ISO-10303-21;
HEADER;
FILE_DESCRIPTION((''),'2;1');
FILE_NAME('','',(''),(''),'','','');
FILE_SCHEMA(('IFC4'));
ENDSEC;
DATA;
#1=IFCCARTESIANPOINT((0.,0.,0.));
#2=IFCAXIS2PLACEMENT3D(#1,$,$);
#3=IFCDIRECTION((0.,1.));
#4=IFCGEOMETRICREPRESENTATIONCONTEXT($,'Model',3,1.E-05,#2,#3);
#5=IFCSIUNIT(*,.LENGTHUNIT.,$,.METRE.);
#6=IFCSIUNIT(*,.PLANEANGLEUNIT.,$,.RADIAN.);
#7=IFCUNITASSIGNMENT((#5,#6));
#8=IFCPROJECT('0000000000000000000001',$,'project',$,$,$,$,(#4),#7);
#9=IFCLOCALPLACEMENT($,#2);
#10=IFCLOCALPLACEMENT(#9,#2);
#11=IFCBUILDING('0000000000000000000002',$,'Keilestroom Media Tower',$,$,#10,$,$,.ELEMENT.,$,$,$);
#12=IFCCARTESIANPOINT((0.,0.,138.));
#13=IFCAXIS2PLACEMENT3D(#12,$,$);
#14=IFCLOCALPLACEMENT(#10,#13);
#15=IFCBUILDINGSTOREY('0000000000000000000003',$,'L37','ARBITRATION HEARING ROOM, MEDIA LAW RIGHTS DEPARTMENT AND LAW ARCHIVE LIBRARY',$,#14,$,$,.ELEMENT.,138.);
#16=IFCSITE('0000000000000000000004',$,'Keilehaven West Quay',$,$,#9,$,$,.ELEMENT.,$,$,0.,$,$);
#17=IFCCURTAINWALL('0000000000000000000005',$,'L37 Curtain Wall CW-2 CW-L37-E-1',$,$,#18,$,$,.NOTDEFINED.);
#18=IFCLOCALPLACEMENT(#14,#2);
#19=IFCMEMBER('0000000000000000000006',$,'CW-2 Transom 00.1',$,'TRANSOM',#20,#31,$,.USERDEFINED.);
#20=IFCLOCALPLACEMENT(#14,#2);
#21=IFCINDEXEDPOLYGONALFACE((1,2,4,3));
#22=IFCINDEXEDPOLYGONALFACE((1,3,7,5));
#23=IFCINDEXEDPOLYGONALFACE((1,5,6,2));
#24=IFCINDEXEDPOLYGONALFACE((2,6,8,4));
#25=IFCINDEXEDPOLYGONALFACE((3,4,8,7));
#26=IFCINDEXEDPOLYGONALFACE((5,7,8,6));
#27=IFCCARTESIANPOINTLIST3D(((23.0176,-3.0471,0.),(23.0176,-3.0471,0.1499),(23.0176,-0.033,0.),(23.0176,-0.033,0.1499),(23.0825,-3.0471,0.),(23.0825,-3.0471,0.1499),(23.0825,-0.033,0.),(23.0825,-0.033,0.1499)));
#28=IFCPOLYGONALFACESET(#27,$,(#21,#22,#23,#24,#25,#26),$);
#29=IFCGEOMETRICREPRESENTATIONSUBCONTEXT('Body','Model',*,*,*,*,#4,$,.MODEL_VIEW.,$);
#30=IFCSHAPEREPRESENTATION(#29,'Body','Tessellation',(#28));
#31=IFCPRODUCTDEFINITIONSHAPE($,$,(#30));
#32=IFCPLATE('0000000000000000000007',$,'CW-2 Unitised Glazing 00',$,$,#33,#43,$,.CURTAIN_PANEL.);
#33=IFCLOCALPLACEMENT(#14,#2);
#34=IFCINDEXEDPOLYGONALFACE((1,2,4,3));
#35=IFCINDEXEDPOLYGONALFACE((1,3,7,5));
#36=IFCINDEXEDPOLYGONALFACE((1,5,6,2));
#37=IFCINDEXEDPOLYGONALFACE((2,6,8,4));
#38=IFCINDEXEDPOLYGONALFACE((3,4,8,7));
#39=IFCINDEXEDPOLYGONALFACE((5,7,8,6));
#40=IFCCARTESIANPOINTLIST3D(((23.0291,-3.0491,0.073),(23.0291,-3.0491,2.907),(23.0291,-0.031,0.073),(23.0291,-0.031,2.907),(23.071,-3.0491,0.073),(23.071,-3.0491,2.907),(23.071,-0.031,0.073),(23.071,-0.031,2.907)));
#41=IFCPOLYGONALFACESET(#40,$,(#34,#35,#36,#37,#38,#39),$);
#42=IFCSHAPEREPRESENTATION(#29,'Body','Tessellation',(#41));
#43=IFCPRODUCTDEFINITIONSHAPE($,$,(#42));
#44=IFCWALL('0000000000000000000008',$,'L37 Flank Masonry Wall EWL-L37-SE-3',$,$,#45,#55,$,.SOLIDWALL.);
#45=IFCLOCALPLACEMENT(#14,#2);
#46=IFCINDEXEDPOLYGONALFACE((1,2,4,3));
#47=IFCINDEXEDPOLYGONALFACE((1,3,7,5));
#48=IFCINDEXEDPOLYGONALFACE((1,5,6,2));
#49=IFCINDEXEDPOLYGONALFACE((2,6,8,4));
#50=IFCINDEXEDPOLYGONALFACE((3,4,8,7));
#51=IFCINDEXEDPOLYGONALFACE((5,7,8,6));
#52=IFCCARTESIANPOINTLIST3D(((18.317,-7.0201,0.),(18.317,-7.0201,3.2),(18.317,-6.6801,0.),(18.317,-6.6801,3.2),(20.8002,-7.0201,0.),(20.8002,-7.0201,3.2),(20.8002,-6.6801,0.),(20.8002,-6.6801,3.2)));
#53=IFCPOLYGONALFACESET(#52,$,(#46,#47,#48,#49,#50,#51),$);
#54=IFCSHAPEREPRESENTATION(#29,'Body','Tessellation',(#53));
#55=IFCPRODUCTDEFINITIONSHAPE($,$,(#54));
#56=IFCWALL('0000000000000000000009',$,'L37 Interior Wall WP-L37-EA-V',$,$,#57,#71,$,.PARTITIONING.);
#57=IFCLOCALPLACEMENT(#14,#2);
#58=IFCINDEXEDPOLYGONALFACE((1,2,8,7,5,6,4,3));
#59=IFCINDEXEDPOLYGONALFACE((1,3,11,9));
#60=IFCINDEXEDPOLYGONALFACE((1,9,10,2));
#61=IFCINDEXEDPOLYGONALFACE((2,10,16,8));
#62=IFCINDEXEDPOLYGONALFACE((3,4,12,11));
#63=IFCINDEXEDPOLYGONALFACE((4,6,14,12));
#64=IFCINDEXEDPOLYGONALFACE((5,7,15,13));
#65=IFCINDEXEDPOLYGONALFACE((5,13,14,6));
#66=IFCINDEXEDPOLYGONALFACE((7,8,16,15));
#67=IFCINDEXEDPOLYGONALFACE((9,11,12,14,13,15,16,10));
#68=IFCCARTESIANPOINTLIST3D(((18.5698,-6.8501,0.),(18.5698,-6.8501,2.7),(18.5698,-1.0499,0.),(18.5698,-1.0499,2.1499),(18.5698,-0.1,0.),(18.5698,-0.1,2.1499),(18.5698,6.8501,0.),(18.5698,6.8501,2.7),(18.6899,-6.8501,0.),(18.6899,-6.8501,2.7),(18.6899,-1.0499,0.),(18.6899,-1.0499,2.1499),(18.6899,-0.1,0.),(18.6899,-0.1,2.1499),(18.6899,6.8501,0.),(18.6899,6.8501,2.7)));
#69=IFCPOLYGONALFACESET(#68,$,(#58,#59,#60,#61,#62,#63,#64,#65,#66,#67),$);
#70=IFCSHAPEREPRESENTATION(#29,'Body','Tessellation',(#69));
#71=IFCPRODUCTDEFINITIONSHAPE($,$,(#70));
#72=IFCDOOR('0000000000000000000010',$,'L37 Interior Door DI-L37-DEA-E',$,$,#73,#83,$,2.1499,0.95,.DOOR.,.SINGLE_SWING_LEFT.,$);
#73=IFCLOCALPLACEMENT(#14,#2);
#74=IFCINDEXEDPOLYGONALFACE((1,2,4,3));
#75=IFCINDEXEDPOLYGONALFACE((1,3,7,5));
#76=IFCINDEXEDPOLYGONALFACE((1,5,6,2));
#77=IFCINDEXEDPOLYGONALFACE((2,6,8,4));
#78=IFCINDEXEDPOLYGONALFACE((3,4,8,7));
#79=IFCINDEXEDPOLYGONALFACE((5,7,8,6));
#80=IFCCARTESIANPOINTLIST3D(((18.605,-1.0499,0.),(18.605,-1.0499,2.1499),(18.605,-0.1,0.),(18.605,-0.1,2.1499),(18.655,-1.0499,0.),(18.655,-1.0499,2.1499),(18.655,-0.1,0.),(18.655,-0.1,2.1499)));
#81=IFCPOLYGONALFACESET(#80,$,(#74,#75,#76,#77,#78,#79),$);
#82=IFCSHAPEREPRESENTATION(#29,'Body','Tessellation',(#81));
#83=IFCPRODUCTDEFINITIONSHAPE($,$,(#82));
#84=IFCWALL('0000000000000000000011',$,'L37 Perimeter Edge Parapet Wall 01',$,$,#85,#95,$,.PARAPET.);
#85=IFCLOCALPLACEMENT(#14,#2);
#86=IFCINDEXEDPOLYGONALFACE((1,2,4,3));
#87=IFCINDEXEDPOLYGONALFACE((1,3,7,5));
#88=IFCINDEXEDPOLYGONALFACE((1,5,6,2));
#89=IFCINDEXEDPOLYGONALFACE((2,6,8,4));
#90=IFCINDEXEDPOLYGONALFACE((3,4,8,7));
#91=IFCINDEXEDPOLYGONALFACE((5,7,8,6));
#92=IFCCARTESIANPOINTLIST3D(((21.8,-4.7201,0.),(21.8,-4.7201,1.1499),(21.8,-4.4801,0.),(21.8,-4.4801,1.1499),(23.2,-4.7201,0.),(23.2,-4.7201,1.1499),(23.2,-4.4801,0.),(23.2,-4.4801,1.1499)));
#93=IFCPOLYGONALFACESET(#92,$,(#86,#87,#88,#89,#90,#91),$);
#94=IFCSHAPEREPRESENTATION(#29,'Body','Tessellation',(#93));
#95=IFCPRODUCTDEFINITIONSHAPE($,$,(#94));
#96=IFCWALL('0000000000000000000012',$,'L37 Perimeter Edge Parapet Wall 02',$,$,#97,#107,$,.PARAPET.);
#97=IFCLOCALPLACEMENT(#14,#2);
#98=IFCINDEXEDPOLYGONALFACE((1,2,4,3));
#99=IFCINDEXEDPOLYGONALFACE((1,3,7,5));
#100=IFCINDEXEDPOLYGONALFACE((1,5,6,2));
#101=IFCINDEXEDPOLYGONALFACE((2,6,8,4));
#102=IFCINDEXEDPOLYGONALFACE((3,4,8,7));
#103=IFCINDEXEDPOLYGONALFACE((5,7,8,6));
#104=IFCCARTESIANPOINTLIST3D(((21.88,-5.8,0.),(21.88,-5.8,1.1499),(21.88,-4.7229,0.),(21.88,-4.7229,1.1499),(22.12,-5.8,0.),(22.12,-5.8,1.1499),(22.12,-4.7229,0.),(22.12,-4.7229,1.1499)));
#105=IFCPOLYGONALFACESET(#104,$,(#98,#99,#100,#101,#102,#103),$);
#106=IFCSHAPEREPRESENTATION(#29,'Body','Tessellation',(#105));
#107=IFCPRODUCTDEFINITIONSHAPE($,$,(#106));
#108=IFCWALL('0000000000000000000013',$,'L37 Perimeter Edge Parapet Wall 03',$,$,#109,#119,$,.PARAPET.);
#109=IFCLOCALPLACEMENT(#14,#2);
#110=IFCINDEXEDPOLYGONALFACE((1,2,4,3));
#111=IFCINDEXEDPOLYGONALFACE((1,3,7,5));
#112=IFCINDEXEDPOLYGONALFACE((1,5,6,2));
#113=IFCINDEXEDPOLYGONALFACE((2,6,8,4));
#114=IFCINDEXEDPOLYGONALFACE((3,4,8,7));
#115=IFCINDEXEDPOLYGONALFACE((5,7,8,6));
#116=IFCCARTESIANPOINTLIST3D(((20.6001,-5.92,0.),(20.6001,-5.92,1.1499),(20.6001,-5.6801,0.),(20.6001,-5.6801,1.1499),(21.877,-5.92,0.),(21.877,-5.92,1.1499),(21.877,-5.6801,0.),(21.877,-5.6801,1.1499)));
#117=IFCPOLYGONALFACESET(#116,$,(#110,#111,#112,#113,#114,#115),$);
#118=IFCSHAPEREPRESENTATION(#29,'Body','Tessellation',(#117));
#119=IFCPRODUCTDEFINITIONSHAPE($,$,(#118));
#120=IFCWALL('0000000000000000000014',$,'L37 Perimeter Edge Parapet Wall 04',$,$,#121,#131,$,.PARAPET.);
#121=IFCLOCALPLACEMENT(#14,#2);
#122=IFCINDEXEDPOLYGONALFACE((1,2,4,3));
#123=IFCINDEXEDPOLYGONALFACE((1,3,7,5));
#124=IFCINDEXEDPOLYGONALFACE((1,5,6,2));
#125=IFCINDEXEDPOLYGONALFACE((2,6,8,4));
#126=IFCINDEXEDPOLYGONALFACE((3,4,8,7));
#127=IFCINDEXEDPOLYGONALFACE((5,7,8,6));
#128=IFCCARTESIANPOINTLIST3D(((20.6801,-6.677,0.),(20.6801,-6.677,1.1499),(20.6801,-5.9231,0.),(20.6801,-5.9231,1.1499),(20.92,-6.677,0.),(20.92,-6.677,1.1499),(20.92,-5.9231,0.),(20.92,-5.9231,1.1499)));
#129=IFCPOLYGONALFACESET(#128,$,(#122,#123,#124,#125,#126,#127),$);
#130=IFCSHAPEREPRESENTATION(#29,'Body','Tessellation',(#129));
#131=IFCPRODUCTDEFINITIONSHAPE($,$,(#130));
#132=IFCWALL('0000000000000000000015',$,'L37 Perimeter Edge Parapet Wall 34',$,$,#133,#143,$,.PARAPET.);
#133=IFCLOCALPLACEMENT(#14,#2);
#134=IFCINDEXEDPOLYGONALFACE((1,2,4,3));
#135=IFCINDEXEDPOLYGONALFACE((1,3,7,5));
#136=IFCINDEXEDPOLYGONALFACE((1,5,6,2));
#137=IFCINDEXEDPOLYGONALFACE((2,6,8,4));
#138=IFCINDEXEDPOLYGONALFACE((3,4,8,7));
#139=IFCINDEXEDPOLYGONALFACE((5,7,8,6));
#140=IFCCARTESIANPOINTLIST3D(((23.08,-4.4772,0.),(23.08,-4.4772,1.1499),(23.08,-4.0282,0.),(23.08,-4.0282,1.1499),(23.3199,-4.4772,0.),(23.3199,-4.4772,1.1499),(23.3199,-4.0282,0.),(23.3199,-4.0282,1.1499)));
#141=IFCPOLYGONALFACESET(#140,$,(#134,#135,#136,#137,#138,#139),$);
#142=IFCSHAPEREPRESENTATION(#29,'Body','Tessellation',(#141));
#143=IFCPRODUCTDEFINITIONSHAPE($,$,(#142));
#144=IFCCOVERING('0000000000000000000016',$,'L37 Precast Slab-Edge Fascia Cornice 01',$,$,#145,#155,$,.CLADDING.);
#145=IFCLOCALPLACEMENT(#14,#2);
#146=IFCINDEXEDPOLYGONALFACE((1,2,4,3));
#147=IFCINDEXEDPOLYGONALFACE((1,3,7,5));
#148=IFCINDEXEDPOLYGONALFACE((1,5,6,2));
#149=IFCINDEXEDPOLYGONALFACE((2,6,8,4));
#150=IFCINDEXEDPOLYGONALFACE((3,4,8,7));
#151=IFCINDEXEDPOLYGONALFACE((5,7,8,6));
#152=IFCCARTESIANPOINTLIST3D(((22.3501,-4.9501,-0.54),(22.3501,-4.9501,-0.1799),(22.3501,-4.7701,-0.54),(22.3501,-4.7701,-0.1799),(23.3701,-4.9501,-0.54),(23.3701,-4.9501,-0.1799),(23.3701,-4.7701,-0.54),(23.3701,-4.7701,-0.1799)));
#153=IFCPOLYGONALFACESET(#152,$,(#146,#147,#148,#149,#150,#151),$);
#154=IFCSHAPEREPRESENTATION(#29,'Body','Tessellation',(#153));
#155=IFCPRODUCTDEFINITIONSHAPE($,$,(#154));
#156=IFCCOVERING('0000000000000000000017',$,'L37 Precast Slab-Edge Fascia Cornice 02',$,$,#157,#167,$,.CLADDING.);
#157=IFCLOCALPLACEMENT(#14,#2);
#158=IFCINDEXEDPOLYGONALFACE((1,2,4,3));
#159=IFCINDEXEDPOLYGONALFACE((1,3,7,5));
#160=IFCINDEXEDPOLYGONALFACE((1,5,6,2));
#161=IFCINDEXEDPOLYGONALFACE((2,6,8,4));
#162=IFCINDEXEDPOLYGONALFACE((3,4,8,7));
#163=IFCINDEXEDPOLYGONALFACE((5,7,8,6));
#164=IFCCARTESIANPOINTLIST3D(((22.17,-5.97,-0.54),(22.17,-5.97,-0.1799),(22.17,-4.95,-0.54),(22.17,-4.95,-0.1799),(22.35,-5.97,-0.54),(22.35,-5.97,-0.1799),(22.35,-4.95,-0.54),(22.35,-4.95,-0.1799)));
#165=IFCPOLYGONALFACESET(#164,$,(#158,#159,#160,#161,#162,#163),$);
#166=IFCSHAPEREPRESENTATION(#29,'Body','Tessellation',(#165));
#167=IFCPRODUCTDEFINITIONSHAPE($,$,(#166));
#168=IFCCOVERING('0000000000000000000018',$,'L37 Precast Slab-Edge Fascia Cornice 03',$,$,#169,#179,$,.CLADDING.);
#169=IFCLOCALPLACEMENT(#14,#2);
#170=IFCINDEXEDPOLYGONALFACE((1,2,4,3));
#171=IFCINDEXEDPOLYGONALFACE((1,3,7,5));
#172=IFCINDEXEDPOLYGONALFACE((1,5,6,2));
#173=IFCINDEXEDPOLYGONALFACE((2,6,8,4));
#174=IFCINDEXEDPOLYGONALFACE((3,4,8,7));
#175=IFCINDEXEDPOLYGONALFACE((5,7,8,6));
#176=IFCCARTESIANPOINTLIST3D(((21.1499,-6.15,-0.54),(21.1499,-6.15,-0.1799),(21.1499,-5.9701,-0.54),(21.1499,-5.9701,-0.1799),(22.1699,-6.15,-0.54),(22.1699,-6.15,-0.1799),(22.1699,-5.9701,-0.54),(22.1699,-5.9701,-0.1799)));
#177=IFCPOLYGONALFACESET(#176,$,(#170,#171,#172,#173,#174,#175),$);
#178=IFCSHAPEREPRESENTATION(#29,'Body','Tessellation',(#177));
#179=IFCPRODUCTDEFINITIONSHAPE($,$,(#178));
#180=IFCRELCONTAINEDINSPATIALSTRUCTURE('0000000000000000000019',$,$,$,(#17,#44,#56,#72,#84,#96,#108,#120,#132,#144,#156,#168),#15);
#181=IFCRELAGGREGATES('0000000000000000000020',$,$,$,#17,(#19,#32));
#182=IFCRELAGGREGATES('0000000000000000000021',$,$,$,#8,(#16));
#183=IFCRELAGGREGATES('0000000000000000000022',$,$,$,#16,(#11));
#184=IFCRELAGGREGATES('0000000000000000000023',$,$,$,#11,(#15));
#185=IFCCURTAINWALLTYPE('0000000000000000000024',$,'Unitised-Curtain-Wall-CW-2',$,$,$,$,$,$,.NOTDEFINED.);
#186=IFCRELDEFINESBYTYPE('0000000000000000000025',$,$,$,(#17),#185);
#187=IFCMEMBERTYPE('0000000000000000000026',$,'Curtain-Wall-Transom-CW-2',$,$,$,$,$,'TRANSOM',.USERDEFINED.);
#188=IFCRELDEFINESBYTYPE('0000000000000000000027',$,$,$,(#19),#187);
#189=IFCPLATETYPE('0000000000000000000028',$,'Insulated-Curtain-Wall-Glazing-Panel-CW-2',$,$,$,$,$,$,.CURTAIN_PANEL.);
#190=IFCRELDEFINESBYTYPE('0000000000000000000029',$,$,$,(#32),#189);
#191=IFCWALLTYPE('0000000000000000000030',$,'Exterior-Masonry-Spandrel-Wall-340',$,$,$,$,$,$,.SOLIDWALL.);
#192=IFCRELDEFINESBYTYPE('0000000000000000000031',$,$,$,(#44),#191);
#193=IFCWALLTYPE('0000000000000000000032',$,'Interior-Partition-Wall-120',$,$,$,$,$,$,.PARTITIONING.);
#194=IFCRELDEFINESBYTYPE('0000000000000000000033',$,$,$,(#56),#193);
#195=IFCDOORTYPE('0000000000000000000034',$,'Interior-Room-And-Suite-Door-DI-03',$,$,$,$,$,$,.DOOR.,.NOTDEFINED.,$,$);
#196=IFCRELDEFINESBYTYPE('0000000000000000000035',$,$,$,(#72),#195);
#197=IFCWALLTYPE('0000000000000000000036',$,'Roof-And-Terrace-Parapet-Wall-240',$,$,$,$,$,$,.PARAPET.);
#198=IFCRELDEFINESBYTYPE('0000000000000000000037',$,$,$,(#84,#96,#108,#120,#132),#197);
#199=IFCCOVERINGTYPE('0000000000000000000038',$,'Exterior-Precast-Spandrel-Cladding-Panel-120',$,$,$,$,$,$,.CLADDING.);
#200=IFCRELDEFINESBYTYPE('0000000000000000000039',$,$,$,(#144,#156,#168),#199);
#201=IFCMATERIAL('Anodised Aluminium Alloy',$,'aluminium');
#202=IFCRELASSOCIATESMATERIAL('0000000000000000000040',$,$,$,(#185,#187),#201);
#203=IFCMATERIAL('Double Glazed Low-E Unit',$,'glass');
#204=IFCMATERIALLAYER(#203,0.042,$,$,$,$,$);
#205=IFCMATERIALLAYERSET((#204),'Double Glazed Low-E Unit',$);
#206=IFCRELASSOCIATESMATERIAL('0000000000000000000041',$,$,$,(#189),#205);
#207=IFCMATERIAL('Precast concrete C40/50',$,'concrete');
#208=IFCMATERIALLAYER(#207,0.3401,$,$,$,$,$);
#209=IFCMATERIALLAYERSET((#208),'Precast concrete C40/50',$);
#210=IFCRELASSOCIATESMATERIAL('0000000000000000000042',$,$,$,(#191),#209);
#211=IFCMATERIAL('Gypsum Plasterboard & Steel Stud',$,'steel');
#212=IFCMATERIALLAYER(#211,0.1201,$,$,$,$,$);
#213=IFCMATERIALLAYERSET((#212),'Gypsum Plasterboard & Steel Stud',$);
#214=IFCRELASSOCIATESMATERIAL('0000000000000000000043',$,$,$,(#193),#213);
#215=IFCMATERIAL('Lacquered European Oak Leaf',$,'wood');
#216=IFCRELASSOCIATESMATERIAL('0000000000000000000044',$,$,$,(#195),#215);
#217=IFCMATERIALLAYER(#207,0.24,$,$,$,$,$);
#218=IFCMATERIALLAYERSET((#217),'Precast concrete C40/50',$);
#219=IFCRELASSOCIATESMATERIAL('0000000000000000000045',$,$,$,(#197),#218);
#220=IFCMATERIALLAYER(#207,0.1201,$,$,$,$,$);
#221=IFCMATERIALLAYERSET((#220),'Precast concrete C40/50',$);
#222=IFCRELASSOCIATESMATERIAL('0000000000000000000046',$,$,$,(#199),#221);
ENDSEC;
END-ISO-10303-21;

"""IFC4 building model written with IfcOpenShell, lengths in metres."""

from ifc_helpers import new_model, si_unit, direction, frame, frame_2d, origin, origin_2d, place, context, subcontext, project, spatial, rectangle, extrude, source, transform, mapped, material, layer, layer_set, material_profile, profile_set, type_object, element, fill, aggregate, save


model = new_model("IFC4")

# Units and contexts
model_context = context("Model", 3, precision=1e-05, world=origin(), true_north=direction((0.0, 1.0)))
body_context = subcontext(model_context, "Body", "Model", "MODEL_VIEW")
ifc_project = project(units=[si_unit("LENGTHUNIT", "METRE"), si_unit("PLANEANGLEUNIT", "RADIAN")], contexts=[model_context])

# Site, building, storey
site_placement = place(None, origin())
site = spatial("IfcSite", under=ifc_project, at=site_placement, Name="Keilehaven West Quay", CompositionType="ELEMENT", RefElevation=0.0)
building_placement = place(site_placement, origin())
building = spatial("IfcBuilding", under=site, at=building_placement, Name="Keilestroom Media Tower", CompositionType="ELEMENT")
storey_placement = place(building_placement, frame((0.0, 0.0, 138.0)))
storey = spatial("IfcBuildingStorey", under=building, at=storey_placement, Name="L37", Description="ARBITRATION HEARING ROOM, MEDIA LAW RIGHTS DEPARTMENT AND LAW ARCHIVE LIBRARY", CompositionType="ELEMENT", Elevation=138.0)

# Shared definitions
ifc_material_1 = material(Name="Precast concrete C40/50", Category="concrete")

# Curtain wall, member, plate
ifc_material_2 = material(Name="Anodised Aluminium Alloy", Category="aluminium")
curtain_wall_type = type_object("IfcCurtainWallType", Name="Unitised-Curtain-Wall-CW-2", PredefinedType="NOTDEFINED", material=ifc_material_2)
curtain_wall_placement = place(storey_placement, origin())
curtain_wall = element("IfcCurtainWall", 1, at=curtain_wall_placement, inside=storey, type_object=curtain_wall_type, Name="L37 Curtain Wall CW-2 CW-L37-E-1", PredefinedType="NOTDEFINED")
ifc_material_profile_1 = material_profile(ifc_material_2, rectangle(XDim=0.0649, YDim=0.1499, at=origin_2d()), Name="ALU TRANSOM 65x150")
ifc_profile_set_1 = profile_set([ifc_material_profile_1], Name="Anodised Aluminium Alloy")
member_type_1 = type_object("IfcMemberType", Name="Curtain-Wall-Transom-CW-2", ElementType="TRANSOM", PredefinedType="USERDEFINED", material=ifc_profile_set_1)
shared_shape_1 = source(origin(), body_context, "Body", "SweptSolid", [
    extrude(rectangle(XDim=0.0649, YDim=0.1499, at=origin_2d()), origin(), (0.0, 0.0, 1.0), 3.0142),
])
member_1_placement = place(storey_placement, frame((23.05, -3.0471, 0.075), z_axis=(0.0, 1.0, 0.0), x_axis=(-1.0, 0.0, 0.0)))
member_1 = element("IfcMember", 2, at=member_1_placement, type_object=member_type_1, Name="CW-2 Transom 00.1", ObjectType="TRANSOM", PredefinedType="USERDEFINED", context=body_context, shape_type="MappedRepresentation", body=[
    mapped(shared_shape_1, transform((0.0, 0.0, 0.0), x_axis=(1.0, 0.0, 0.0), y_axis=(0.0, 1.0, 0.0), z_axis=(0.0, 0.0, 1.0), scale=1.0)),
])
ifc_material_3 = material(Name="Double Glazed Low-E Unit", Category="glass")
ifc_layer_1 = layer(ifc_material_3, 0.042)
ifc_layer_set_1 = layer_set([ifc_layer_1], Name="Double Glazed Low-E Unit")
plate_type = type_object("IfcPlateType", Name="Insulated-Curtain-Wall-Glazing-Panel-CW-2", PredefinedType="CURTAIN_PANEL", material=ifc_layer_set_1)
shared_shape_2 = source(origin(), body_context, "Body", "SweptSolid", [
    extrude(rectangle(XDim=3.0181, YDim=0.042, at=origin_2d()), origin(), (0.0, 0.0, 1.0), 2.834),
])
plate_placement = place(storey_placement, frame((23.05, -1.54, 0.073), z_axis=(0.0, 0.0, 1.0), x_axis=(0.0, 1.0, 0.0)))
plate = element("IfcPlate", 3, at=plate_placement, type_object=plate_type, Name="CW-2 Unitised Glazing 00", PredefinedType="CURTAIN_PANEL", context=body_context, shape_type="MappedRepresentation", body=[
    mapped(shared_shape_2, transform((0.0, 0.0, 0.0), x_axis=(1.0, 0.0, 0.0), y_axis=(0.0, 1.0, 0.0), z_axis=(0.0, 0.0, 1.0), scale=1.0)),
])
aggregate(curtain_wall, [member_1, plate])

# Wall
ifc_layer_2 = layer(ifc_material_1, 0.3401)
ifc_layer_set_2 = layer_set([ifc_layer_2], Name="Precast concrete C40/50")
wall_type_1 = type_object("IfcWallType", Name="Exterior-Masonry-Spandrel-Wall-340", PredefinedType="SOLIDWALL", material=ifc_layer_set_2)
wall_1_placement = place(storey_placement, frame((18.3169, -6.8501, 0.0), z_axis=(0.0, 0.0, 1.0), x_axis=(1.0, 0.0, 0.0)))
element("IfcWall", 4, at=wall_1_placement, inside=storey, type_object=wall_type_1, Name="L37 Flank Masonry Wall EWL-L37-SE-3", PredefinedType="SOLIDWALL", context=body_context, shape_type="SweptSolid", body=[
    extrude(rectangle(XDim=2.4832, YDim=0.3401, at=frame_2d((1.2417, 0.0))), origin(), (0.0, 0.0, 1.0), 3.2),
])

# Wall, opening, door
ifc_material_4 = material(Name="Gypsum Plasterboard & Steel Stud", Category="steel")
ifc_layer_3 = layer(ifc_material_4, 0.1201)
ifc_layer_set_3 = layer_set([ifc_layer_3], Name="Gypsum Plasterboard & Steel Stud")
wall_type_2 = type_object("IfcWallType", Name="Interior-Partition-Wall-120", PredefinedType="PARTITIONING", material=ifc_layer_set_3)
wall_2_placement = place(storey_placement, frame((18.6299, -6.8501, 0.0), z_axis=(0.0, 0.0, 1.0), x_axis=(0.0, 1.0, 0.0)))
wall_2 = element("IfcWall", 5, at=wall_2_placement, inside=storey, type_object=wall_type_2, Name="L37 Interior Wall WP-L37-EA-V", PredefinedType="PARTITIONING", context=body_context, shape_type="SweptSolid", body=[
    extrude(rectangle(XDim=13.7002, YDim=0.1201, at=frame_2d((6.8501, 0.0))), origin(), (0.0, 0.0, 1.0), 2.7),
])
opening_placement = place(wall_2_placement, frame((5.8, 0.0, 0.0)))
opening = element("IfcOpeningElement", 6, at=opening_placement, cuts=wall_2, PredefinedType="OPENING", context=body_context, shape_type="SweptSolid", body=[
    extrude(rectangle(XDim=0.95, YDim=2.1499, at=frame_2d((0.4751, 1.075))), frame((0.0, 0.0701, 0.0), z_axis=(0.0, -1.0, 0.0), x_axis=(1.0, 0.0, 0.0)), (0.0, 0.0, 1.0), 0.1401),
])
ifc_material_5 = material(Name="Lacquered European Oak Leaf", Category="wood")
door_type = type_object("IfcDoorType", Name="Interior-Room-And-Suite-Door-DI-03", OperationType="NOTDEFINED", PredefinedType="DOOR", material=ifc_material_5)
shared_shape_3 = source(origin(), body_context, "Body", "SweptSolid", [
    extrude(rectangle(XDim=0.95, YDim=2.1499, at=frame_2d((0.4751, 1.075))), frame((0.0, 0.0249, 0.0), z_axis=(0.0, -1.0, 0.0), x_axis=(1.0, 0.0, 0.0)), (0.0, 0.0, 1.0), 0.05),
])
door_placement = place(opening_placement, origin())
door = element("IfcDoor", 7, at=door_placement, inside=storey, type_object=door_type, Name="L37 Interior Door DI-L37-DEA-E", OperationType="SINGLE_SWING_LEFT", OverallHeight=2.1499, OverallWidth=0.95, PredefinedType="DOOR", context=body_context, shape_type="MappedRepresentation", body=[
    mapped(shared_shape_3, transform((0.0, 0.0, 0.0), x_axis=(1.0, 0.0, 0.0), y_axis=(0.0, 1.0, 0.0), z_axis=(0.0, 0.0, 1.0), scale=1.0)),
])
fill(opening, door)

# Walls
ifc_layer_4 = layer(ifc_material_1, 0.24)
ifc_layer_set_4 = layer_set([ifc_layer_4], Name="Precast concrete C40/50")
wall_type_3 = type_object("IfcWallType", Name="Roof-And-Terrace-Parapet-Wall-240", PredefinedType="PARAPET", material=ifc_layer_set_4)
wall_3_placement = place(storey_placement, frame((23.2, -4.6001, 0.0), z_axis=(0.0, 0.0, 1.0), x_axis=(-1.0, 0.0, 0.0)))
element("IfcWall", 8, at=wall_3_placement, inside=storey, type_object=wall_type_3, Name="L37 Perimeter Edge Parapet Wall 01", PredefinedType="PARAPET", context=body_context, shape_type="SweptSolid", body=[
    extrude(rectangle(XDim=1.3999, YDim=0.24, at=frame_2d((0.7, 0.0))), origin(), (0.0, 0.0, 1.0), 1.1499),
])
wall_4_placement = place(storey_placement, frame((22.0, -4.7229, 0.0), z_axis=(0.0, 0.0, 1.0), x_axis=(0.0, -1.0, 0.0)))
element("IfcWall", 9, at=wall_4_placement, inside=storey, type_object=wall_type_3, Name="L37 Perimeter Edge Parapet Wall 02", PredefinedType="PARAPET", context=body_context, shape_type="SweptSolid", body=[
    extrude(rectangle(XDim=1.0771, YDim=0.24, at=frame_2d((0.5386, 0.0))), origin(), (0.0, 0.0, 1.0), 1.1499),
])
wall_5_placement = place(storey_placement, frame((21.877, -5.8, 0.0), z_axis=(0.0, 0.0, 1.0), x_axis=(-1.0, 0.0, 0.0)))
element("IfcWall", 10, at=wall_5_placement, inside=storey, type_object=wall_type_3, Name="L37 Perimeter Edge Parapet Wall 03", PredefinedType="PARAPET", context=body_context, shape_type="SweptSolid", body=[
    extrude(rectangle(XDim=1.2769, YDim=0.24, at=frame_2d((0.6384, 0.0))), origin(), (0.0, 0.0, 1.0), 1.1499),
])
wall_6_placement = place(storey_placement, frame((20.8, -5.9231, 0.0), z_axis=(0.0, 0.0, 1.0), x_axis=(0.0, -1.0, 0.0)))
element("IfcWall", 11, at=wall_6_placement, inside=storey, type_object=wall_type_3, Name="L37 Perimeter Edge Parapet Wall 04", PredefinedType="PARAPET", context=body_context, shape_type="SweptSolid", body=[
    extrude(rectangle(XDim=0.7539, YDim=0.24, at=frame_2d((0.377, 0.0))), origin(), (0.0, 0.0, 1.0), 1.1499),
])
wall_7_placement = place(storey_placement, frame((23.2, -4.0281, 0.0), z_axis=(0.0, 0.0, 1.0), x_axis=(0.0, -1.0, 0.0)))
element("IfcWall", 12, at=wall_7_placement, inside=storey, type_object=wall_type_3, Name="L37 Perimeter Edge Parapet Wall 34", PredefinedType="PARAPET", context=body_context, shape_type="SweptSolid", body=[
    extrude(rectangle(XDim=0.449, YDim=0.24, at=frame_2d((0.2246, 0.0))), origin(), (0.0, 0.0, 1.0), 1.1499),
])

# Coverings
ifc_layer_5 = layer(ifc_material_1, 0.1201)
ifc_layer_set_5 = layer_set([ifc_layer_5], Name="Precast concrete C40/50")
covering_type = type_object("IfcCoveringType", Name="Exterior-Precast-Spandrel-Cladding-Panel-120", PredefinedType="CLADDING", material=ifc_layer_set_5)
shared_shape_4 = source(origin(), body_context, "Body", "SweptSolid", [
    extrude(rectangle(XDim=1.02, YDim=0.1799, at=origin_2d()), origin(), (0.0, 0.0, 1.0), 0.3601),
])
for number, where, z_axis, x_axis, name in (
    (13, (22.8601, -4.8601, -0.54), (0.0, 0.0, 1.0), (-1.0, 0.0, 0.0), "L37 Precast Slab-Edge Fascia Cornice 01"),
    (14, (22.26, -5.46, -0.54), (0.0, 0.0, 1.0), (0.0, -1.0, 0.0), "L37 Precast Slab-Edge Fascia Cornice 02"),
    (15, (21.6599, -6.0601, -0.54), (0.0, 0.0, 1.0), (-1.0, 0.0, 0.0), "L37 Precast Slab-Edge Fascia Cornice 03"),
):
    element("IfcCovering", number, at=place(storey_placement, frame(where, z_axis=z_axis, x_axis=x_axis)), inside=storey, type_object=covering_type, Name=name, PredefinedType="CLADDING", context=body_context, shape_type="MappedRepresentation", body=[
        mapped(shared_shape_4, transform((0.0, 0.0, 0.0), x_axis=(1.0, 0.0, 0.0), y_axis=(0.0, 1.0, 0.0), z_axis=(0.0, 0.0, 1.0), scale=1.0)),
    ])

save(model, "model.ifc")
